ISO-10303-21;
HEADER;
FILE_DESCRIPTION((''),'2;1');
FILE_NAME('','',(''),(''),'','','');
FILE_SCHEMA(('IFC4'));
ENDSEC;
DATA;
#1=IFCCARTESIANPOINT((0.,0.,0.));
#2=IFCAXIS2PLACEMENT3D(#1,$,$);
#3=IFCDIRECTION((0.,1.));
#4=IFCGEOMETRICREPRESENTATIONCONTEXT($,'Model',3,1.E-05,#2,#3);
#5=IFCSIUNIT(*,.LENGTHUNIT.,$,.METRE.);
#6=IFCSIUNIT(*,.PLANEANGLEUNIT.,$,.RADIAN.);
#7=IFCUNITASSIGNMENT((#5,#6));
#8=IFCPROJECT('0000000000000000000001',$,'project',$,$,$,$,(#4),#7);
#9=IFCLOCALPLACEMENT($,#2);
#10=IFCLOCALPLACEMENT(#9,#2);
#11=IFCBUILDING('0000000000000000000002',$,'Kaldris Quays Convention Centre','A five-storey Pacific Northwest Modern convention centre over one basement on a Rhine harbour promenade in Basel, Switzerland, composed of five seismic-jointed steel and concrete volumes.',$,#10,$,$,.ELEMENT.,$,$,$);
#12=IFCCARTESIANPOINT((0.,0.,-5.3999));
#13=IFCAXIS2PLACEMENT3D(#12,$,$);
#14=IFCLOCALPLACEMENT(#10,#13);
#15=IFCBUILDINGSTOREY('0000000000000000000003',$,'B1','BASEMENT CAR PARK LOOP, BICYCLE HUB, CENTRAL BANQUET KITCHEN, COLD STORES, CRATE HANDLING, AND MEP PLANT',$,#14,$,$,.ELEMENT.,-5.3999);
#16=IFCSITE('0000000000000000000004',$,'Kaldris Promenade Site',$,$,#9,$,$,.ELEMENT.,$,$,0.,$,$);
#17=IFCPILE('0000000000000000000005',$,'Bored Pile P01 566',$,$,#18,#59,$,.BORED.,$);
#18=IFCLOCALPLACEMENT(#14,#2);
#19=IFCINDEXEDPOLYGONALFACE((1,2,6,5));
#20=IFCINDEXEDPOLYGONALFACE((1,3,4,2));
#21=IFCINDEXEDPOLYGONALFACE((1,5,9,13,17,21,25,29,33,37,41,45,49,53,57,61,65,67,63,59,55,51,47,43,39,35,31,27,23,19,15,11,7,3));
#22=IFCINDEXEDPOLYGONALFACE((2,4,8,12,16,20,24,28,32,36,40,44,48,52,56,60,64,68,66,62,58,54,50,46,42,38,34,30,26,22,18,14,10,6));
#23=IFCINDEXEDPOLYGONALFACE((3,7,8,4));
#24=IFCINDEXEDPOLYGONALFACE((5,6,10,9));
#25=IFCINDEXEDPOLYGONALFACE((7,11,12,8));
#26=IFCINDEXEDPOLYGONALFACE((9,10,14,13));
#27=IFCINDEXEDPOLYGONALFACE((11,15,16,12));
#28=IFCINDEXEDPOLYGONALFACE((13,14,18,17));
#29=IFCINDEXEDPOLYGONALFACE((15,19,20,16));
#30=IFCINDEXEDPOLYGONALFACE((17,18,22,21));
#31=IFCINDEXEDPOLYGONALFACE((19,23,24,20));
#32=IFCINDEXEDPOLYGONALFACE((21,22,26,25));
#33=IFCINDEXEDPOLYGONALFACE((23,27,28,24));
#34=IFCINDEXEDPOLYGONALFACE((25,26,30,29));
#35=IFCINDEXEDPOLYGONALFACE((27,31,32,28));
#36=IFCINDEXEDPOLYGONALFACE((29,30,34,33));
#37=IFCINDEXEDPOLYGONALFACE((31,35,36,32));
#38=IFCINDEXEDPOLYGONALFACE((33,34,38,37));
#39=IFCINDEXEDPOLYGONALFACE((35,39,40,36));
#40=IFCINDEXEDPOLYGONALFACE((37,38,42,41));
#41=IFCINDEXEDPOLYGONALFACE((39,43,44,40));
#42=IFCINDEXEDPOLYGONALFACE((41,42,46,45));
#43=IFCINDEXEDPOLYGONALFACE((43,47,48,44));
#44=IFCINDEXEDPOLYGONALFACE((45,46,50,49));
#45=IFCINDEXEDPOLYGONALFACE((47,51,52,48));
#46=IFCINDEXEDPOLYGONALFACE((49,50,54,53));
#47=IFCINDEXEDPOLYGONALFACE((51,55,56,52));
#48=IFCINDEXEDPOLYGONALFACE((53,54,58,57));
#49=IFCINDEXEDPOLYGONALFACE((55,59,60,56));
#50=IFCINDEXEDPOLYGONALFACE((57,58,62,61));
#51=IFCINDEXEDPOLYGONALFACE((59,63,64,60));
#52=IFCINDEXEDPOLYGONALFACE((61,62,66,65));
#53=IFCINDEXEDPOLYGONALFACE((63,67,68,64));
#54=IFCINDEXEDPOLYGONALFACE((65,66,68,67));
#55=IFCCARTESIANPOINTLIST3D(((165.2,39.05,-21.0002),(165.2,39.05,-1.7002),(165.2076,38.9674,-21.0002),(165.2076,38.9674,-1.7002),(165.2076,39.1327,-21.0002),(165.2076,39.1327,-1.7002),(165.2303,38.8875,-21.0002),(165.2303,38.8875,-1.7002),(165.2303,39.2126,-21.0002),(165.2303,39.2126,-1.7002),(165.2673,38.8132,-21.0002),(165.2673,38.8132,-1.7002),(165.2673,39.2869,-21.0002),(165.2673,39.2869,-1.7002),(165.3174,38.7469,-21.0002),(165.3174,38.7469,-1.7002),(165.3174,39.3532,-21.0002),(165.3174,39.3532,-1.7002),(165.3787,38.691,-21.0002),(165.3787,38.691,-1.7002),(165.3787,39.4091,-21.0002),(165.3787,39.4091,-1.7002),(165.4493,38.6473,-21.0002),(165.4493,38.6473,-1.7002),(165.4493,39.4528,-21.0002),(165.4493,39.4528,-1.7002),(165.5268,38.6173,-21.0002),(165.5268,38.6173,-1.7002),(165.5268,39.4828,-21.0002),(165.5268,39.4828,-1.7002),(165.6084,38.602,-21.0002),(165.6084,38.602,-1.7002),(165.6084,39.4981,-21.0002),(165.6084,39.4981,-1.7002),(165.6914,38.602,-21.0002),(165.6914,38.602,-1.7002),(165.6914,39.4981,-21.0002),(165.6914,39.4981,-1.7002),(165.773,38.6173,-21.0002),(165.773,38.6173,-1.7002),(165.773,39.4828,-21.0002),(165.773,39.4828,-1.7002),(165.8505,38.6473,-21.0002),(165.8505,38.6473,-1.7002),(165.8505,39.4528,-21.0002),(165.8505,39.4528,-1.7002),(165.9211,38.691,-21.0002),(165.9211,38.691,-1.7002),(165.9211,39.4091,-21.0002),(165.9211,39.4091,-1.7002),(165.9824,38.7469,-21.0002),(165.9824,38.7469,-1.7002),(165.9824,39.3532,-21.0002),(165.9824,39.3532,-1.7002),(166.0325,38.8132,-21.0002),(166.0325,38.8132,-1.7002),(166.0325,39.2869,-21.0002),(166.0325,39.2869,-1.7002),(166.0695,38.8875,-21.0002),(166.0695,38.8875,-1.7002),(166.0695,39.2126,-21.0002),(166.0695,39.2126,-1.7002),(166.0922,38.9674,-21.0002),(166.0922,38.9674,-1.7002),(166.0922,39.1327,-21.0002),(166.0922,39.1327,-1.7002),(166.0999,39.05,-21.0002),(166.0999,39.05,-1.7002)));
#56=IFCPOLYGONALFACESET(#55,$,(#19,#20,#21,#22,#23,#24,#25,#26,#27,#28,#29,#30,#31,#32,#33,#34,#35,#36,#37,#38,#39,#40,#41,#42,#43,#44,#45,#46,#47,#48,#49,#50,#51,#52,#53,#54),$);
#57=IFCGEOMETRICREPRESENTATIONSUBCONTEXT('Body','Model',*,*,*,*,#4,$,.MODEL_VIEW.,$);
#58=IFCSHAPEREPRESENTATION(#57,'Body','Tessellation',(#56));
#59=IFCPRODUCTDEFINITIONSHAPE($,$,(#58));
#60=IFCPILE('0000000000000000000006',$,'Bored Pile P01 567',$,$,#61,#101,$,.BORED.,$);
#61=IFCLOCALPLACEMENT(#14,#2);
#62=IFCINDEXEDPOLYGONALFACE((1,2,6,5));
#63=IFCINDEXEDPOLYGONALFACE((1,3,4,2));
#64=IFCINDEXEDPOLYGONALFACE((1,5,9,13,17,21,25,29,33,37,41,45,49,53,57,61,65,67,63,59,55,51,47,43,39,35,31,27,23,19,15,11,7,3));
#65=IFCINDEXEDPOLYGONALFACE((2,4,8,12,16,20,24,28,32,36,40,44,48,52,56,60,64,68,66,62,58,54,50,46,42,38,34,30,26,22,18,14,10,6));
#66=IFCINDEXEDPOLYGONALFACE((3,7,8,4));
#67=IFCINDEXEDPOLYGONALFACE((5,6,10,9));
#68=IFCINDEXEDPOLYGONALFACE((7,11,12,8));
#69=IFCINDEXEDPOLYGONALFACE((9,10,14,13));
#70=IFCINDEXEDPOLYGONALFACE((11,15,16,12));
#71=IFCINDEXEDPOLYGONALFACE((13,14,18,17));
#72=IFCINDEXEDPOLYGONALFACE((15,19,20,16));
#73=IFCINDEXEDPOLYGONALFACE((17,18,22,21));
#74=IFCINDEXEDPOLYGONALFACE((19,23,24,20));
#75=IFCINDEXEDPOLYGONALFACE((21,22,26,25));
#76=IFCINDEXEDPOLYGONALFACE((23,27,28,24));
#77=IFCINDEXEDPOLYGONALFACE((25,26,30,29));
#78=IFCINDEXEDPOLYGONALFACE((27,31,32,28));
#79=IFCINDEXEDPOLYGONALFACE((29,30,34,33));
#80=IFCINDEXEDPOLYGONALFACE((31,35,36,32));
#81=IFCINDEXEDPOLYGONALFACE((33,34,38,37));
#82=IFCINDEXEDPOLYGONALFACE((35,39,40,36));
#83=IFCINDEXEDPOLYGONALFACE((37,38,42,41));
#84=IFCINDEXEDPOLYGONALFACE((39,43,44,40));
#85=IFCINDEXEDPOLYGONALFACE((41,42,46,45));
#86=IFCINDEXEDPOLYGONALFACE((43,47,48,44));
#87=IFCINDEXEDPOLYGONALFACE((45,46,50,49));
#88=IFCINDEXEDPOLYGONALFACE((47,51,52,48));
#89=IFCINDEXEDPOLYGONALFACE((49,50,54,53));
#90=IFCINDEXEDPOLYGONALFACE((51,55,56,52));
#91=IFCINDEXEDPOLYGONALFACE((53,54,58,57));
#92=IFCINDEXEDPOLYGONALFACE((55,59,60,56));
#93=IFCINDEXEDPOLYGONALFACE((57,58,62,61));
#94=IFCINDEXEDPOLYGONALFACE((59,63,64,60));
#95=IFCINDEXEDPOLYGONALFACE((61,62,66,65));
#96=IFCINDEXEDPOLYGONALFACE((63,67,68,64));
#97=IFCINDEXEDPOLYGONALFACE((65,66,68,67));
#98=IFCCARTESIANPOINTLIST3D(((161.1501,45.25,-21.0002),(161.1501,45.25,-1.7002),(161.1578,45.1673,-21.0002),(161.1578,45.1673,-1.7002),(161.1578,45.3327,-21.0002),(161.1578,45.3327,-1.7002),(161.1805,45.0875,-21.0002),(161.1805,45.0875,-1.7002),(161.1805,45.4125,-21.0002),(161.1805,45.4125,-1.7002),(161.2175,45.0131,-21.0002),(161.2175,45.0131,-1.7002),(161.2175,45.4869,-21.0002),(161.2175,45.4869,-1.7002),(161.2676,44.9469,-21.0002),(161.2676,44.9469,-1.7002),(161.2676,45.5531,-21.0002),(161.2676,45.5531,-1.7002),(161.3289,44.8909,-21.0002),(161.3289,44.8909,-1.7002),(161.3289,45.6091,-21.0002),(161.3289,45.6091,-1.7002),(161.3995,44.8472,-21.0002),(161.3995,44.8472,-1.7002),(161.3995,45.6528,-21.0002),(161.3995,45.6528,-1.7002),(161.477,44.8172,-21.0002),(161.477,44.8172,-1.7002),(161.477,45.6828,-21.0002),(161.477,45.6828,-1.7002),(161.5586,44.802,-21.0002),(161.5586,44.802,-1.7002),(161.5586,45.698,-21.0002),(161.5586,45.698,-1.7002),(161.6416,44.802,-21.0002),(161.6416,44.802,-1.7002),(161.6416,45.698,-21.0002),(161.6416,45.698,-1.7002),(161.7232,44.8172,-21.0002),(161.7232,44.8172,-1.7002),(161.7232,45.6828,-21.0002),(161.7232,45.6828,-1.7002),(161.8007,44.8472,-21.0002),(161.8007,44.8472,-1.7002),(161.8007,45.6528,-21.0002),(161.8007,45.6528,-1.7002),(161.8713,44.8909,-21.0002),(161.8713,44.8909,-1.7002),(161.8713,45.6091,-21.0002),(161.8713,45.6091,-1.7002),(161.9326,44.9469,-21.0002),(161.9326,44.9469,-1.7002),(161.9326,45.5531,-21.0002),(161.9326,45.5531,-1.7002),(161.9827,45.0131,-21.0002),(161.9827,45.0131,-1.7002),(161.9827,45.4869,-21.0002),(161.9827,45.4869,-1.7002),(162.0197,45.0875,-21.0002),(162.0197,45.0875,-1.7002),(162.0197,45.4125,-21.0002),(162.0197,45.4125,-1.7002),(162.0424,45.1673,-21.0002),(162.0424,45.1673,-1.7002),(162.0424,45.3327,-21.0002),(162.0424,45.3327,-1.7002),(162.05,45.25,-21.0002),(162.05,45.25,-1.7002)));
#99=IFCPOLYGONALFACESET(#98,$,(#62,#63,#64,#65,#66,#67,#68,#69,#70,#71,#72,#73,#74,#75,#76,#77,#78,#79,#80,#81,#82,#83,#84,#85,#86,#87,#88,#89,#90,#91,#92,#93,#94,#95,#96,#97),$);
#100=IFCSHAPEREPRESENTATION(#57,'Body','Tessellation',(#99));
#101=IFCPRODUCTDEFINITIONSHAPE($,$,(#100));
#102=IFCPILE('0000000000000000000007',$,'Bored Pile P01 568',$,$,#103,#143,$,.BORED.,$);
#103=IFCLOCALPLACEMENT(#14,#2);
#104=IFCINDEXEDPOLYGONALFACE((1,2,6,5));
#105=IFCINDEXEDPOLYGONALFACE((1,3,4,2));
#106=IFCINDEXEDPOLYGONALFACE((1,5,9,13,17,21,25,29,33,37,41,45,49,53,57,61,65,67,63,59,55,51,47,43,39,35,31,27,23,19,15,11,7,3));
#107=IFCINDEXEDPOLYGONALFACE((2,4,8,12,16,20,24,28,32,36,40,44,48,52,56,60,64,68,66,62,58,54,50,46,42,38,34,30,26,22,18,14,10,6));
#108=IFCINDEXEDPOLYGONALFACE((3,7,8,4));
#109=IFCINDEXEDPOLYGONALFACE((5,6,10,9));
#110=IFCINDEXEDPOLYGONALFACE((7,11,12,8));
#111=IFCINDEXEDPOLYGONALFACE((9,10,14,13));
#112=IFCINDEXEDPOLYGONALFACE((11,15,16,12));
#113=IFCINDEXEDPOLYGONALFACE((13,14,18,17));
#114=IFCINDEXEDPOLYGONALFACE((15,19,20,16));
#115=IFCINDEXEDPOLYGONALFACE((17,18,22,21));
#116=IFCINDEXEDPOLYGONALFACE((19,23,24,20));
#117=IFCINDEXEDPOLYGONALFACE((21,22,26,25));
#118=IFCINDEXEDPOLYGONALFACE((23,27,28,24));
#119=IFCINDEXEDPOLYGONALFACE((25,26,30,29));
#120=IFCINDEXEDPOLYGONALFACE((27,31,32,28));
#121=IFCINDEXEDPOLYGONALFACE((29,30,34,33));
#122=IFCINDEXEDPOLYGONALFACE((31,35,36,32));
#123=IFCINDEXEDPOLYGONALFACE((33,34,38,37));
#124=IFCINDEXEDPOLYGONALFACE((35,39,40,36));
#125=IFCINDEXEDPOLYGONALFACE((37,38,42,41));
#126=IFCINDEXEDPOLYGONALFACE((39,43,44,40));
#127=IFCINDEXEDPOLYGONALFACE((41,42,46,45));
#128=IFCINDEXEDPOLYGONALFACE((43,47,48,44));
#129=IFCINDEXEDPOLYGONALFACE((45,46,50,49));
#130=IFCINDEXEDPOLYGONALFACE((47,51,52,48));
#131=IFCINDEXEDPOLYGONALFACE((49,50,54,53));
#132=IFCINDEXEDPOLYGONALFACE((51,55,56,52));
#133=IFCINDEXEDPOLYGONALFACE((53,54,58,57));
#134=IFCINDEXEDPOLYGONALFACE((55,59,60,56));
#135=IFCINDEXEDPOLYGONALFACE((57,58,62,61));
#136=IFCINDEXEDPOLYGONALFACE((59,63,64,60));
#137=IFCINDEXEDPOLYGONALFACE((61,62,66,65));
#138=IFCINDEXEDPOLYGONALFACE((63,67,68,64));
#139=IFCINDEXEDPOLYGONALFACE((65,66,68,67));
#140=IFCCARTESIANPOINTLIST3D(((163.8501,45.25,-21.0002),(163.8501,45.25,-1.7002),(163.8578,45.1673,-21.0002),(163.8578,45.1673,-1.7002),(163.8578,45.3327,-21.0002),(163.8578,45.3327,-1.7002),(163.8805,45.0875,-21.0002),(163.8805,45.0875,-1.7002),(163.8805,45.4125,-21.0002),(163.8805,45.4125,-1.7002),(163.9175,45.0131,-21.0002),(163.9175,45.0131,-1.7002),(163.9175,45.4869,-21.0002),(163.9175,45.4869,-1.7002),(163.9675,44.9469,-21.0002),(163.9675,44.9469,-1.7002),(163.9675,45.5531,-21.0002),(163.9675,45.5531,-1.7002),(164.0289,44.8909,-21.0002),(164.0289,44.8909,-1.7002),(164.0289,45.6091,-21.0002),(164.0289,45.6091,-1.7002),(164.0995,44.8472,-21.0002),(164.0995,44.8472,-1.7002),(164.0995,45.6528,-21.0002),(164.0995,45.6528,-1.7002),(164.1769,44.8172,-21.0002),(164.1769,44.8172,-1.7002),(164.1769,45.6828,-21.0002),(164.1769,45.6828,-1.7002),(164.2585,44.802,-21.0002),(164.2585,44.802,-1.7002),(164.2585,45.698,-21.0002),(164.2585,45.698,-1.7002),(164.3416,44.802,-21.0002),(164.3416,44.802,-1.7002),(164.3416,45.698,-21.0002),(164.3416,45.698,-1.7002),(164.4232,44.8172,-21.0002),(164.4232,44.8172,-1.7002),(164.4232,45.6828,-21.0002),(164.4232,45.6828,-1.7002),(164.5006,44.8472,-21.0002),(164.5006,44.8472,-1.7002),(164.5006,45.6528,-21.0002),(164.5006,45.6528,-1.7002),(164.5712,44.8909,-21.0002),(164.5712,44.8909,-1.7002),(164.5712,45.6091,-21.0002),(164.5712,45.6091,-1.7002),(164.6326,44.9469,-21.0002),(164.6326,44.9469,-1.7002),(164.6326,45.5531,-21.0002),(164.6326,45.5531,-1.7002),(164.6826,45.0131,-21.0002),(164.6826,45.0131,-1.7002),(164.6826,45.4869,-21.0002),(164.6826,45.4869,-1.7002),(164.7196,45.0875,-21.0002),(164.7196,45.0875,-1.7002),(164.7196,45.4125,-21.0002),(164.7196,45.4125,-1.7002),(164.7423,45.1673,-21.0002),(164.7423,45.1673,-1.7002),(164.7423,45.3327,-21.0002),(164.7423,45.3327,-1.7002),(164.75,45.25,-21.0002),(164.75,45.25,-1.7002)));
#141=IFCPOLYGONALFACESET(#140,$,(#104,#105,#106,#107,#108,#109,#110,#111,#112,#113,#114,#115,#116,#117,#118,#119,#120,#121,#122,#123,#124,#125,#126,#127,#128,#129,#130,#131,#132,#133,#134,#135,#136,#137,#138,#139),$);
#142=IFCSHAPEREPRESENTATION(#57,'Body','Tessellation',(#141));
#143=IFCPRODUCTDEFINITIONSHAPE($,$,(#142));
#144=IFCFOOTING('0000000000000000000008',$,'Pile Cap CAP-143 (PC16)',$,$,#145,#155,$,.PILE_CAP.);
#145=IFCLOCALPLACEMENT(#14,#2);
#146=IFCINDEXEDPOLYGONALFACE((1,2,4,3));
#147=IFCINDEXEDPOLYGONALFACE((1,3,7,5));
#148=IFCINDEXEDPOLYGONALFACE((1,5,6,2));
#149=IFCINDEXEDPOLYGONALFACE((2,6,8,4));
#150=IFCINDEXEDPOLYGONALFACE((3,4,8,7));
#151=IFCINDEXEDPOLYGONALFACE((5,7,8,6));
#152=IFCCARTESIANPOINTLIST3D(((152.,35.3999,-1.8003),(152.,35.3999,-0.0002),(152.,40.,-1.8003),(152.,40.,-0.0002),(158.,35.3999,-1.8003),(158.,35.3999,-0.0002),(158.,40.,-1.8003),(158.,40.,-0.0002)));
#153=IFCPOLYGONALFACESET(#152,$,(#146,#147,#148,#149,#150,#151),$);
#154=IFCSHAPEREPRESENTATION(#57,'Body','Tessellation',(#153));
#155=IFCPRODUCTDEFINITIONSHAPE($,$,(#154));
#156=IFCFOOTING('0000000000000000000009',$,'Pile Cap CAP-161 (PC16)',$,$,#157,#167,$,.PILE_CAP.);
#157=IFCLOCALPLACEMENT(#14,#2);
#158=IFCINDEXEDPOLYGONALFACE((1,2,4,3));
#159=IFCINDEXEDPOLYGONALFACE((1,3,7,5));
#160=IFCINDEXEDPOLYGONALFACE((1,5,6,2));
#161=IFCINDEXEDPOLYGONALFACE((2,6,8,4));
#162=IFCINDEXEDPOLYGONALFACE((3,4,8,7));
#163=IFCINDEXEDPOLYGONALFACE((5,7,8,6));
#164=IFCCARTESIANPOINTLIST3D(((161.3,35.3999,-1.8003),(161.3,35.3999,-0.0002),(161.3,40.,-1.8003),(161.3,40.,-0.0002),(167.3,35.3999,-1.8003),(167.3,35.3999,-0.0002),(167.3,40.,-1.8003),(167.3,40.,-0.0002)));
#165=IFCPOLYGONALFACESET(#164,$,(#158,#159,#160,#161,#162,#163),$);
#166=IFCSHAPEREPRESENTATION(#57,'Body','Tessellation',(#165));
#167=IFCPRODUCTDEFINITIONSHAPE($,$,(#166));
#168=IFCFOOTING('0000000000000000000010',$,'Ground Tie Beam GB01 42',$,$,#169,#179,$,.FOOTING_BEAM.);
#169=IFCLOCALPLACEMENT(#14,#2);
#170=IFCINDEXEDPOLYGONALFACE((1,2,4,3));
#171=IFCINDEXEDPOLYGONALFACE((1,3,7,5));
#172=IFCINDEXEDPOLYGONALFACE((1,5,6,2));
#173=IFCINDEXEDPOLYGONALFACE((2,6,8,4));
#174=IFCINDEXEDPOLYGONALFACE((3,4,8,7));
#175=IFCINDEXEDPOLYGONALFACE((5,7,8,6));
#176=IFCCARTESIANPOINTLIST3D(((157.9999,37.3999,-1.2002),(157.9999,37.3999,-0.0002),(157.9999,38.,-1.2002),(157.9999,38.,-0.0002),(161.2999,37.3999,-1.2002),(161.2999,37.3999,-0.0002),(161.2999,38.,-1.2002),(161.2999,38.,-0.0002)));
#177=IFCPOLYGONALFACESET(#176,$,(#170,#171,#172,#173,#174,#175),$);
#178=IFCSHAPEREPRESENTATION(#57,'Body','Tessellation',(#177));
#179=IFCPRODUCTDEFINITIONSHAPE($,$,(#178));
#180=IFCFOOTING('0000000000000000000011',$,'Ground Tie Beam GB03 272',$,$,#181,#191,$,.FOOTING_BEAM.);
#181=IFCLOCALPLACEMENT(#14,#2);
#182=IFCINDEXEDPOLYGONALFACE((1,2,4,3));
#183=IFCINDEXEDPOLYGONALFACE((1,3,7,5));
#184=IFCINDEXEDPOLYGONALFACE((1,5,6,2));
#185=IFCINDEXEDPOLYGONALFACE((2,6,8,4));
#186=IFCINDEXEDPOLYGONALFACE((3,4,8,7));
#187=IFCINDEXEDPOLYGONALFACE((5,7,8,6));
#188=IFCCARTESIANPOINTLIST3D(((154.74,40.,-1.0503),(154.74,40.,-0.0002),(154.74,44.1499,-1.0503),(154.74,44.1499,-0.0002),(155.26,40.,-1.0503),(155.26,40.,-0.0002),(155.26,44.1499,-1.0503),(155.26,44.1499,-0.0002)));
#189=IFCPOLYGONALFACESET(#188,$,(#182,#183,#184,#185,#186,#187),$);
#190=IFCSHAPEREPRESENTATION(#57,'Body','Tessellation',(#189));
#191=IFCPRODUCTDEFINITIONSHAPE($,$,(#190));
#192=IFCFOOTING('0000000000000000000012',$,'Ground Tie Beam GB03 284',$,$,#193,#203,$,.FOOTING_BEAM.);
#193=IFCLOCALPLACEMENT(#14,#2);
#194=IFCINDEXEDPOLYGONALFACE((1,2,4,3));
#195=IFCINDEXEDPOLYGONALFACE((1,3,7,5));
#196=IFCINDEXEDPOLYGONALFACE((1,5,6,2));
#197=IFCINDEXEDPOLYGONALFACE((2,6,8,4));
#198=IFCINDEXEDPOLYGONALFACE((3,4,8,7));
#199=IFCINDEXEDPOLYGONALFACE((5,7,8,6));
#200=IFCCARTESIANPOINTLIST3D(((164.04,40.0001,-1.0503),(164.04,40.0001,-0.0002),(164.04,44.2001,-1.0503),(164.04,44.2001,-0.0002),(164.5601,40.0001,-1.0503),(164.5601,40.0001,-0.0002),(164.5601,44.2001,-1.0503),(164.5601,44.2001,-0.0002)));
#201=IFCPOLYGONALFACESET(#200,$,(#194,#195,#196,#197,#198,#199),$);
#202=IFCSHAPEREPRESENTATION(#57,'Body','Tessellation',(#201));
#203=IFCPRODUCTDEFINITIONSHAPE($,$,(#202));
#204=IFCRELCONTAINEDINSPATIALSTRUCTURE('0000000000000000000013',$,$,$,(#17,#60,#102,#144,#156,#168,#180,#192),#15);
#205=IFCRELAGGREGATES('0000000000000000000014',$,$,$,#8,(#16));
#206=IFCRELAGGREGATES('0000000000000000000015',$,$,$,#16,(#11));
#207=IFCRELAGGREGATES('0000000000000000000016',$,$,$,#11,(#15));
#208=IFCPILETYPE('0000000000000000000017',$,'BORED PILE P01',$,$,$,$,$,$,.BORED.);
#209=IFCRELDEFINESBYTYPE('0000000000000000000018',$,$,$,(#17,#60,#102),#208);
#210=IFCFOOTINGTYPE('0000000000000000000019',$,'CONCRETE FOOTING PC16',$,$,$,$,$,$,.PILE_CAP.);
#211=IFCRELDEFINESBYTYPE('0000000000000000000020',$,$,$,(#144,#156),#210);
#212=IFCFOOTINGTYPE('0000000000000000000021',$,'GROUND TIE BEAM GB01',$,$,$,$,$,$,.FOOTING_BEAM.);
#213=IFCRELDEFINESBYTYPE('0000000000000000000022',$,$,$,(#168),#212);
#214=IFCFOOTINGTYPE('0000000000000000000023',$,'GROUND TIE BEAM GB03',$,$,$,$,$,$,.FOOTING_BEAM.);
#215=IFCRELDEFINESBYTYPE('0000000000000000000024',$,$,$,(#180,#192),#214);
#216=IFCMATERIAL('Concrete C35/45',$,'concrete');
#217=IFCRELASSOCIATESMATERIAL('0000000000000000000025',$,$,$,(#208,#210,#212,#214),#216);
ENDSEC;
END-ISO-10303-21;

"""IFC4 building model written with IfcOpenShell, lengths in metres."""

from ifc_helpers import new_model, si_unit, direction, frame, origin, origin_2d, place, context, subcontext, project, spatial, rectangle, circle, extrude, material, material_profile, profile_set, type_object, element, save


model = new_model("IFC4")

# Units and contexts
model_context = context("Model", 3, precision=1e-05, world=origin(), true_north=direction((0.0, 1.0)))
body_context = subcontext(model_context, "Body", "Model", "MODEL_VIEW")
ifc_project = project(units=[si_unit("LENGTHUNIT", "METRE"), si_unit("PLANEANGLEUNIT", "RADIAN")], contexts=[model_context])

# Site, building, storey
site_placement = place(None, origin())
site = spatial("IfcSite", under=ifc_project, at=site_placement, Name="Kaldris Promenade Site", CompositionType="ELEMENT", RefElevation=0.0)
building_placement = place(site_placement, origin())
building = spatial("IfcBuilding", under=site, at=building_placement, Name="Kaldris Quays Convention Centre", Description="A five-storey Pacific Northwest Modern convention centre over one basement on a Rhine harbour promenade in Basel, Switzerland, composed of five seismic-jointed steel and concrete volumes.", CompositionType="ELEMENT")
storey_placement = place(building_placement, frame((0.0, 0.0, -5.3999)))
storey = spatial("IfcBuildingStorey", under=building, at=storey_placement, Name="B1", Description="BASEMENT CAR PARK LOOP, BICYCLE HUB, CENTRAL BANQUET KITCHEN, COLD STORES, CRATE HANDLING, AND MEP PLANT", CompositionType="ELEMENT", Elevation=-5.3999)

# Piles
ifc_material_1 = material(Name="Concrete C35/45", Category="concrete")
ifc_material_profile_1 = material_profile(ifc_material_1, circle(Radius=0.45, at=origin_2d()), Name="BORED PILE D900")
ifc_profile_set_1 = profile_set([ifc_material_profile_1], Name="Concrete C35/45")
pile_type = type_object("IfcPileType", Name="BORED PILE P01", PredefinedType="BORED", material=ifc_profile_set_1)
for number, where, z_axis, x_axis, name in (
    (1, (165.6499, 39.05, -1.7002), (0.0, 0.0, -1.0), (1.0, 0.0, 0.0), "Bored Pile P01 566"),
    (2, (161.6001, 45.25, -1.7002), (0.0, 0.0, -1.0), (1.0, 0.0, 0.0), "Bored Pile P01 567"),
    (3, (164.3, 45.25, -1.7002), (0.0, 0.0, -1.0), (1.0, 0.0, 0.0), "Bored Pile P01 568"),
):
    element("IfcPile", number, at=place(storey_placement, frame(where, z_axis=z_axis, x_axis=x_axis)), inside=storey, type_object=pile_type, Name=name, PredefinedType="BORED", context=body_context, shape_type="SweptSolid", body=[
        extrude(circle(Radius=0.45, at=origin_2d()), origin(), (0.0, 0.0, 1.0), 19.3),
    ])

# Footings
footing_type_1 = type_object("IfcFootingType", Name="CONCRETE FOOTING PC16", PredefinedType="PILE_CAP", material=ifc_material_1)
for number, where, z_axis, x_axis, name in (
    (4, (155.0, 37.7, -1.8003), (0.0, 0.0, 1.0), (1.0, 0.0, 0.0), "Pile Cap CAP-143 (PC16)"),
    (5, (164.3, 37.7, -1.8003), (0.0, 0.0, 1.0), (1.0, 0.0, 0.0), "Pile Cap CAP-161 (PC16)"),
):
    element("IfcFooting", number, at=place(storey_placement, frame(where, z_axis=z_axis, x_axis=x_axis)), inside=storey, type_object=footing_type_1, Name=name, PredefinedType="PILE_CAP", context=body_context, shape_type="SweptSolid", body=[
        extrude(rectangle(XDim=6.0, YDim=4.6001, at=origin_2d()), origin(), (0.0, 0.0, 1.0), 1.8),
    ])
footing_type_2 = type_object("IfcFootingType", Name="GROUND TIE BEAM GB01", PredefinedType="FOOTING_BEAM", material=ifc_material_1)
footing_1_placement = place(storey_placement, frame((159.6499, 37.7, -1.2002), z_axis=(0.0, 0.0, 1.0), x_axis=(1.0, 0.0, 0.0)))
element("IfcFooting", 6, at=footing_1_placement, inside=storey, type_object=footing_type_2, Name="Ground Tie Beam GB01 42", PredefinedType="FOOTING_BEAM", context=body_context, shape_type="SweptSolid", body=[
    extrude(rectangle(XDim=3.3, YDim=0.6001, at=origin_2d()), origin(), (0.0, 0.0, 1.0), 1.2),
])
footing_type_3 = type_object("IfcFootingType", Name="GROUND TIE BEAM GB03", PredefinedType="FOOTING_BEAM", material=ifc_material_1)
footing_2_placement = place(storey_placement, frame((155.0, 42.075, -1.0503), z_axis=(0.0, 0.0, 1.0), x_axis=(1.0, 0.0, 0.0)))
element("IfcFooting", 7, at=footing_2_placement, inside=storey, type_object=footing_type_3, Name="Ground Tie Beam GB03 272", PredefinedType="FOOTING_BEAM", context=body_context, shape_type="SweptSolid", body=[
    extrude(rectangle(XDim=0.52, YDim=4.1499, at=origin_2d()), origin(), (0.0, 0.0, 1.0), 1.05),
])
footing_3_placement = place(storey_placement, frame((164.3, 42.1001, -1.0503), z_axis=(0.0, 0.0, 1.0), x_axis=(1.0, 0.0, 0.0)))
element("IfcFooting", 8, at=footing_3_placement, inside=storey, type_object=footing_type_3, Name="Ground Tie Beam GB03 284", PredefinedType="FOOTING_BEAM", context=body_context, shape_type="SweptSolid", body=[
    extrude(rectangle(XDim=0.52, YDim=4.2, at=origin_2d()), origin(), (0.0, 0.0, 1.0), 1.05),
])

save(model, "model.ifc")
